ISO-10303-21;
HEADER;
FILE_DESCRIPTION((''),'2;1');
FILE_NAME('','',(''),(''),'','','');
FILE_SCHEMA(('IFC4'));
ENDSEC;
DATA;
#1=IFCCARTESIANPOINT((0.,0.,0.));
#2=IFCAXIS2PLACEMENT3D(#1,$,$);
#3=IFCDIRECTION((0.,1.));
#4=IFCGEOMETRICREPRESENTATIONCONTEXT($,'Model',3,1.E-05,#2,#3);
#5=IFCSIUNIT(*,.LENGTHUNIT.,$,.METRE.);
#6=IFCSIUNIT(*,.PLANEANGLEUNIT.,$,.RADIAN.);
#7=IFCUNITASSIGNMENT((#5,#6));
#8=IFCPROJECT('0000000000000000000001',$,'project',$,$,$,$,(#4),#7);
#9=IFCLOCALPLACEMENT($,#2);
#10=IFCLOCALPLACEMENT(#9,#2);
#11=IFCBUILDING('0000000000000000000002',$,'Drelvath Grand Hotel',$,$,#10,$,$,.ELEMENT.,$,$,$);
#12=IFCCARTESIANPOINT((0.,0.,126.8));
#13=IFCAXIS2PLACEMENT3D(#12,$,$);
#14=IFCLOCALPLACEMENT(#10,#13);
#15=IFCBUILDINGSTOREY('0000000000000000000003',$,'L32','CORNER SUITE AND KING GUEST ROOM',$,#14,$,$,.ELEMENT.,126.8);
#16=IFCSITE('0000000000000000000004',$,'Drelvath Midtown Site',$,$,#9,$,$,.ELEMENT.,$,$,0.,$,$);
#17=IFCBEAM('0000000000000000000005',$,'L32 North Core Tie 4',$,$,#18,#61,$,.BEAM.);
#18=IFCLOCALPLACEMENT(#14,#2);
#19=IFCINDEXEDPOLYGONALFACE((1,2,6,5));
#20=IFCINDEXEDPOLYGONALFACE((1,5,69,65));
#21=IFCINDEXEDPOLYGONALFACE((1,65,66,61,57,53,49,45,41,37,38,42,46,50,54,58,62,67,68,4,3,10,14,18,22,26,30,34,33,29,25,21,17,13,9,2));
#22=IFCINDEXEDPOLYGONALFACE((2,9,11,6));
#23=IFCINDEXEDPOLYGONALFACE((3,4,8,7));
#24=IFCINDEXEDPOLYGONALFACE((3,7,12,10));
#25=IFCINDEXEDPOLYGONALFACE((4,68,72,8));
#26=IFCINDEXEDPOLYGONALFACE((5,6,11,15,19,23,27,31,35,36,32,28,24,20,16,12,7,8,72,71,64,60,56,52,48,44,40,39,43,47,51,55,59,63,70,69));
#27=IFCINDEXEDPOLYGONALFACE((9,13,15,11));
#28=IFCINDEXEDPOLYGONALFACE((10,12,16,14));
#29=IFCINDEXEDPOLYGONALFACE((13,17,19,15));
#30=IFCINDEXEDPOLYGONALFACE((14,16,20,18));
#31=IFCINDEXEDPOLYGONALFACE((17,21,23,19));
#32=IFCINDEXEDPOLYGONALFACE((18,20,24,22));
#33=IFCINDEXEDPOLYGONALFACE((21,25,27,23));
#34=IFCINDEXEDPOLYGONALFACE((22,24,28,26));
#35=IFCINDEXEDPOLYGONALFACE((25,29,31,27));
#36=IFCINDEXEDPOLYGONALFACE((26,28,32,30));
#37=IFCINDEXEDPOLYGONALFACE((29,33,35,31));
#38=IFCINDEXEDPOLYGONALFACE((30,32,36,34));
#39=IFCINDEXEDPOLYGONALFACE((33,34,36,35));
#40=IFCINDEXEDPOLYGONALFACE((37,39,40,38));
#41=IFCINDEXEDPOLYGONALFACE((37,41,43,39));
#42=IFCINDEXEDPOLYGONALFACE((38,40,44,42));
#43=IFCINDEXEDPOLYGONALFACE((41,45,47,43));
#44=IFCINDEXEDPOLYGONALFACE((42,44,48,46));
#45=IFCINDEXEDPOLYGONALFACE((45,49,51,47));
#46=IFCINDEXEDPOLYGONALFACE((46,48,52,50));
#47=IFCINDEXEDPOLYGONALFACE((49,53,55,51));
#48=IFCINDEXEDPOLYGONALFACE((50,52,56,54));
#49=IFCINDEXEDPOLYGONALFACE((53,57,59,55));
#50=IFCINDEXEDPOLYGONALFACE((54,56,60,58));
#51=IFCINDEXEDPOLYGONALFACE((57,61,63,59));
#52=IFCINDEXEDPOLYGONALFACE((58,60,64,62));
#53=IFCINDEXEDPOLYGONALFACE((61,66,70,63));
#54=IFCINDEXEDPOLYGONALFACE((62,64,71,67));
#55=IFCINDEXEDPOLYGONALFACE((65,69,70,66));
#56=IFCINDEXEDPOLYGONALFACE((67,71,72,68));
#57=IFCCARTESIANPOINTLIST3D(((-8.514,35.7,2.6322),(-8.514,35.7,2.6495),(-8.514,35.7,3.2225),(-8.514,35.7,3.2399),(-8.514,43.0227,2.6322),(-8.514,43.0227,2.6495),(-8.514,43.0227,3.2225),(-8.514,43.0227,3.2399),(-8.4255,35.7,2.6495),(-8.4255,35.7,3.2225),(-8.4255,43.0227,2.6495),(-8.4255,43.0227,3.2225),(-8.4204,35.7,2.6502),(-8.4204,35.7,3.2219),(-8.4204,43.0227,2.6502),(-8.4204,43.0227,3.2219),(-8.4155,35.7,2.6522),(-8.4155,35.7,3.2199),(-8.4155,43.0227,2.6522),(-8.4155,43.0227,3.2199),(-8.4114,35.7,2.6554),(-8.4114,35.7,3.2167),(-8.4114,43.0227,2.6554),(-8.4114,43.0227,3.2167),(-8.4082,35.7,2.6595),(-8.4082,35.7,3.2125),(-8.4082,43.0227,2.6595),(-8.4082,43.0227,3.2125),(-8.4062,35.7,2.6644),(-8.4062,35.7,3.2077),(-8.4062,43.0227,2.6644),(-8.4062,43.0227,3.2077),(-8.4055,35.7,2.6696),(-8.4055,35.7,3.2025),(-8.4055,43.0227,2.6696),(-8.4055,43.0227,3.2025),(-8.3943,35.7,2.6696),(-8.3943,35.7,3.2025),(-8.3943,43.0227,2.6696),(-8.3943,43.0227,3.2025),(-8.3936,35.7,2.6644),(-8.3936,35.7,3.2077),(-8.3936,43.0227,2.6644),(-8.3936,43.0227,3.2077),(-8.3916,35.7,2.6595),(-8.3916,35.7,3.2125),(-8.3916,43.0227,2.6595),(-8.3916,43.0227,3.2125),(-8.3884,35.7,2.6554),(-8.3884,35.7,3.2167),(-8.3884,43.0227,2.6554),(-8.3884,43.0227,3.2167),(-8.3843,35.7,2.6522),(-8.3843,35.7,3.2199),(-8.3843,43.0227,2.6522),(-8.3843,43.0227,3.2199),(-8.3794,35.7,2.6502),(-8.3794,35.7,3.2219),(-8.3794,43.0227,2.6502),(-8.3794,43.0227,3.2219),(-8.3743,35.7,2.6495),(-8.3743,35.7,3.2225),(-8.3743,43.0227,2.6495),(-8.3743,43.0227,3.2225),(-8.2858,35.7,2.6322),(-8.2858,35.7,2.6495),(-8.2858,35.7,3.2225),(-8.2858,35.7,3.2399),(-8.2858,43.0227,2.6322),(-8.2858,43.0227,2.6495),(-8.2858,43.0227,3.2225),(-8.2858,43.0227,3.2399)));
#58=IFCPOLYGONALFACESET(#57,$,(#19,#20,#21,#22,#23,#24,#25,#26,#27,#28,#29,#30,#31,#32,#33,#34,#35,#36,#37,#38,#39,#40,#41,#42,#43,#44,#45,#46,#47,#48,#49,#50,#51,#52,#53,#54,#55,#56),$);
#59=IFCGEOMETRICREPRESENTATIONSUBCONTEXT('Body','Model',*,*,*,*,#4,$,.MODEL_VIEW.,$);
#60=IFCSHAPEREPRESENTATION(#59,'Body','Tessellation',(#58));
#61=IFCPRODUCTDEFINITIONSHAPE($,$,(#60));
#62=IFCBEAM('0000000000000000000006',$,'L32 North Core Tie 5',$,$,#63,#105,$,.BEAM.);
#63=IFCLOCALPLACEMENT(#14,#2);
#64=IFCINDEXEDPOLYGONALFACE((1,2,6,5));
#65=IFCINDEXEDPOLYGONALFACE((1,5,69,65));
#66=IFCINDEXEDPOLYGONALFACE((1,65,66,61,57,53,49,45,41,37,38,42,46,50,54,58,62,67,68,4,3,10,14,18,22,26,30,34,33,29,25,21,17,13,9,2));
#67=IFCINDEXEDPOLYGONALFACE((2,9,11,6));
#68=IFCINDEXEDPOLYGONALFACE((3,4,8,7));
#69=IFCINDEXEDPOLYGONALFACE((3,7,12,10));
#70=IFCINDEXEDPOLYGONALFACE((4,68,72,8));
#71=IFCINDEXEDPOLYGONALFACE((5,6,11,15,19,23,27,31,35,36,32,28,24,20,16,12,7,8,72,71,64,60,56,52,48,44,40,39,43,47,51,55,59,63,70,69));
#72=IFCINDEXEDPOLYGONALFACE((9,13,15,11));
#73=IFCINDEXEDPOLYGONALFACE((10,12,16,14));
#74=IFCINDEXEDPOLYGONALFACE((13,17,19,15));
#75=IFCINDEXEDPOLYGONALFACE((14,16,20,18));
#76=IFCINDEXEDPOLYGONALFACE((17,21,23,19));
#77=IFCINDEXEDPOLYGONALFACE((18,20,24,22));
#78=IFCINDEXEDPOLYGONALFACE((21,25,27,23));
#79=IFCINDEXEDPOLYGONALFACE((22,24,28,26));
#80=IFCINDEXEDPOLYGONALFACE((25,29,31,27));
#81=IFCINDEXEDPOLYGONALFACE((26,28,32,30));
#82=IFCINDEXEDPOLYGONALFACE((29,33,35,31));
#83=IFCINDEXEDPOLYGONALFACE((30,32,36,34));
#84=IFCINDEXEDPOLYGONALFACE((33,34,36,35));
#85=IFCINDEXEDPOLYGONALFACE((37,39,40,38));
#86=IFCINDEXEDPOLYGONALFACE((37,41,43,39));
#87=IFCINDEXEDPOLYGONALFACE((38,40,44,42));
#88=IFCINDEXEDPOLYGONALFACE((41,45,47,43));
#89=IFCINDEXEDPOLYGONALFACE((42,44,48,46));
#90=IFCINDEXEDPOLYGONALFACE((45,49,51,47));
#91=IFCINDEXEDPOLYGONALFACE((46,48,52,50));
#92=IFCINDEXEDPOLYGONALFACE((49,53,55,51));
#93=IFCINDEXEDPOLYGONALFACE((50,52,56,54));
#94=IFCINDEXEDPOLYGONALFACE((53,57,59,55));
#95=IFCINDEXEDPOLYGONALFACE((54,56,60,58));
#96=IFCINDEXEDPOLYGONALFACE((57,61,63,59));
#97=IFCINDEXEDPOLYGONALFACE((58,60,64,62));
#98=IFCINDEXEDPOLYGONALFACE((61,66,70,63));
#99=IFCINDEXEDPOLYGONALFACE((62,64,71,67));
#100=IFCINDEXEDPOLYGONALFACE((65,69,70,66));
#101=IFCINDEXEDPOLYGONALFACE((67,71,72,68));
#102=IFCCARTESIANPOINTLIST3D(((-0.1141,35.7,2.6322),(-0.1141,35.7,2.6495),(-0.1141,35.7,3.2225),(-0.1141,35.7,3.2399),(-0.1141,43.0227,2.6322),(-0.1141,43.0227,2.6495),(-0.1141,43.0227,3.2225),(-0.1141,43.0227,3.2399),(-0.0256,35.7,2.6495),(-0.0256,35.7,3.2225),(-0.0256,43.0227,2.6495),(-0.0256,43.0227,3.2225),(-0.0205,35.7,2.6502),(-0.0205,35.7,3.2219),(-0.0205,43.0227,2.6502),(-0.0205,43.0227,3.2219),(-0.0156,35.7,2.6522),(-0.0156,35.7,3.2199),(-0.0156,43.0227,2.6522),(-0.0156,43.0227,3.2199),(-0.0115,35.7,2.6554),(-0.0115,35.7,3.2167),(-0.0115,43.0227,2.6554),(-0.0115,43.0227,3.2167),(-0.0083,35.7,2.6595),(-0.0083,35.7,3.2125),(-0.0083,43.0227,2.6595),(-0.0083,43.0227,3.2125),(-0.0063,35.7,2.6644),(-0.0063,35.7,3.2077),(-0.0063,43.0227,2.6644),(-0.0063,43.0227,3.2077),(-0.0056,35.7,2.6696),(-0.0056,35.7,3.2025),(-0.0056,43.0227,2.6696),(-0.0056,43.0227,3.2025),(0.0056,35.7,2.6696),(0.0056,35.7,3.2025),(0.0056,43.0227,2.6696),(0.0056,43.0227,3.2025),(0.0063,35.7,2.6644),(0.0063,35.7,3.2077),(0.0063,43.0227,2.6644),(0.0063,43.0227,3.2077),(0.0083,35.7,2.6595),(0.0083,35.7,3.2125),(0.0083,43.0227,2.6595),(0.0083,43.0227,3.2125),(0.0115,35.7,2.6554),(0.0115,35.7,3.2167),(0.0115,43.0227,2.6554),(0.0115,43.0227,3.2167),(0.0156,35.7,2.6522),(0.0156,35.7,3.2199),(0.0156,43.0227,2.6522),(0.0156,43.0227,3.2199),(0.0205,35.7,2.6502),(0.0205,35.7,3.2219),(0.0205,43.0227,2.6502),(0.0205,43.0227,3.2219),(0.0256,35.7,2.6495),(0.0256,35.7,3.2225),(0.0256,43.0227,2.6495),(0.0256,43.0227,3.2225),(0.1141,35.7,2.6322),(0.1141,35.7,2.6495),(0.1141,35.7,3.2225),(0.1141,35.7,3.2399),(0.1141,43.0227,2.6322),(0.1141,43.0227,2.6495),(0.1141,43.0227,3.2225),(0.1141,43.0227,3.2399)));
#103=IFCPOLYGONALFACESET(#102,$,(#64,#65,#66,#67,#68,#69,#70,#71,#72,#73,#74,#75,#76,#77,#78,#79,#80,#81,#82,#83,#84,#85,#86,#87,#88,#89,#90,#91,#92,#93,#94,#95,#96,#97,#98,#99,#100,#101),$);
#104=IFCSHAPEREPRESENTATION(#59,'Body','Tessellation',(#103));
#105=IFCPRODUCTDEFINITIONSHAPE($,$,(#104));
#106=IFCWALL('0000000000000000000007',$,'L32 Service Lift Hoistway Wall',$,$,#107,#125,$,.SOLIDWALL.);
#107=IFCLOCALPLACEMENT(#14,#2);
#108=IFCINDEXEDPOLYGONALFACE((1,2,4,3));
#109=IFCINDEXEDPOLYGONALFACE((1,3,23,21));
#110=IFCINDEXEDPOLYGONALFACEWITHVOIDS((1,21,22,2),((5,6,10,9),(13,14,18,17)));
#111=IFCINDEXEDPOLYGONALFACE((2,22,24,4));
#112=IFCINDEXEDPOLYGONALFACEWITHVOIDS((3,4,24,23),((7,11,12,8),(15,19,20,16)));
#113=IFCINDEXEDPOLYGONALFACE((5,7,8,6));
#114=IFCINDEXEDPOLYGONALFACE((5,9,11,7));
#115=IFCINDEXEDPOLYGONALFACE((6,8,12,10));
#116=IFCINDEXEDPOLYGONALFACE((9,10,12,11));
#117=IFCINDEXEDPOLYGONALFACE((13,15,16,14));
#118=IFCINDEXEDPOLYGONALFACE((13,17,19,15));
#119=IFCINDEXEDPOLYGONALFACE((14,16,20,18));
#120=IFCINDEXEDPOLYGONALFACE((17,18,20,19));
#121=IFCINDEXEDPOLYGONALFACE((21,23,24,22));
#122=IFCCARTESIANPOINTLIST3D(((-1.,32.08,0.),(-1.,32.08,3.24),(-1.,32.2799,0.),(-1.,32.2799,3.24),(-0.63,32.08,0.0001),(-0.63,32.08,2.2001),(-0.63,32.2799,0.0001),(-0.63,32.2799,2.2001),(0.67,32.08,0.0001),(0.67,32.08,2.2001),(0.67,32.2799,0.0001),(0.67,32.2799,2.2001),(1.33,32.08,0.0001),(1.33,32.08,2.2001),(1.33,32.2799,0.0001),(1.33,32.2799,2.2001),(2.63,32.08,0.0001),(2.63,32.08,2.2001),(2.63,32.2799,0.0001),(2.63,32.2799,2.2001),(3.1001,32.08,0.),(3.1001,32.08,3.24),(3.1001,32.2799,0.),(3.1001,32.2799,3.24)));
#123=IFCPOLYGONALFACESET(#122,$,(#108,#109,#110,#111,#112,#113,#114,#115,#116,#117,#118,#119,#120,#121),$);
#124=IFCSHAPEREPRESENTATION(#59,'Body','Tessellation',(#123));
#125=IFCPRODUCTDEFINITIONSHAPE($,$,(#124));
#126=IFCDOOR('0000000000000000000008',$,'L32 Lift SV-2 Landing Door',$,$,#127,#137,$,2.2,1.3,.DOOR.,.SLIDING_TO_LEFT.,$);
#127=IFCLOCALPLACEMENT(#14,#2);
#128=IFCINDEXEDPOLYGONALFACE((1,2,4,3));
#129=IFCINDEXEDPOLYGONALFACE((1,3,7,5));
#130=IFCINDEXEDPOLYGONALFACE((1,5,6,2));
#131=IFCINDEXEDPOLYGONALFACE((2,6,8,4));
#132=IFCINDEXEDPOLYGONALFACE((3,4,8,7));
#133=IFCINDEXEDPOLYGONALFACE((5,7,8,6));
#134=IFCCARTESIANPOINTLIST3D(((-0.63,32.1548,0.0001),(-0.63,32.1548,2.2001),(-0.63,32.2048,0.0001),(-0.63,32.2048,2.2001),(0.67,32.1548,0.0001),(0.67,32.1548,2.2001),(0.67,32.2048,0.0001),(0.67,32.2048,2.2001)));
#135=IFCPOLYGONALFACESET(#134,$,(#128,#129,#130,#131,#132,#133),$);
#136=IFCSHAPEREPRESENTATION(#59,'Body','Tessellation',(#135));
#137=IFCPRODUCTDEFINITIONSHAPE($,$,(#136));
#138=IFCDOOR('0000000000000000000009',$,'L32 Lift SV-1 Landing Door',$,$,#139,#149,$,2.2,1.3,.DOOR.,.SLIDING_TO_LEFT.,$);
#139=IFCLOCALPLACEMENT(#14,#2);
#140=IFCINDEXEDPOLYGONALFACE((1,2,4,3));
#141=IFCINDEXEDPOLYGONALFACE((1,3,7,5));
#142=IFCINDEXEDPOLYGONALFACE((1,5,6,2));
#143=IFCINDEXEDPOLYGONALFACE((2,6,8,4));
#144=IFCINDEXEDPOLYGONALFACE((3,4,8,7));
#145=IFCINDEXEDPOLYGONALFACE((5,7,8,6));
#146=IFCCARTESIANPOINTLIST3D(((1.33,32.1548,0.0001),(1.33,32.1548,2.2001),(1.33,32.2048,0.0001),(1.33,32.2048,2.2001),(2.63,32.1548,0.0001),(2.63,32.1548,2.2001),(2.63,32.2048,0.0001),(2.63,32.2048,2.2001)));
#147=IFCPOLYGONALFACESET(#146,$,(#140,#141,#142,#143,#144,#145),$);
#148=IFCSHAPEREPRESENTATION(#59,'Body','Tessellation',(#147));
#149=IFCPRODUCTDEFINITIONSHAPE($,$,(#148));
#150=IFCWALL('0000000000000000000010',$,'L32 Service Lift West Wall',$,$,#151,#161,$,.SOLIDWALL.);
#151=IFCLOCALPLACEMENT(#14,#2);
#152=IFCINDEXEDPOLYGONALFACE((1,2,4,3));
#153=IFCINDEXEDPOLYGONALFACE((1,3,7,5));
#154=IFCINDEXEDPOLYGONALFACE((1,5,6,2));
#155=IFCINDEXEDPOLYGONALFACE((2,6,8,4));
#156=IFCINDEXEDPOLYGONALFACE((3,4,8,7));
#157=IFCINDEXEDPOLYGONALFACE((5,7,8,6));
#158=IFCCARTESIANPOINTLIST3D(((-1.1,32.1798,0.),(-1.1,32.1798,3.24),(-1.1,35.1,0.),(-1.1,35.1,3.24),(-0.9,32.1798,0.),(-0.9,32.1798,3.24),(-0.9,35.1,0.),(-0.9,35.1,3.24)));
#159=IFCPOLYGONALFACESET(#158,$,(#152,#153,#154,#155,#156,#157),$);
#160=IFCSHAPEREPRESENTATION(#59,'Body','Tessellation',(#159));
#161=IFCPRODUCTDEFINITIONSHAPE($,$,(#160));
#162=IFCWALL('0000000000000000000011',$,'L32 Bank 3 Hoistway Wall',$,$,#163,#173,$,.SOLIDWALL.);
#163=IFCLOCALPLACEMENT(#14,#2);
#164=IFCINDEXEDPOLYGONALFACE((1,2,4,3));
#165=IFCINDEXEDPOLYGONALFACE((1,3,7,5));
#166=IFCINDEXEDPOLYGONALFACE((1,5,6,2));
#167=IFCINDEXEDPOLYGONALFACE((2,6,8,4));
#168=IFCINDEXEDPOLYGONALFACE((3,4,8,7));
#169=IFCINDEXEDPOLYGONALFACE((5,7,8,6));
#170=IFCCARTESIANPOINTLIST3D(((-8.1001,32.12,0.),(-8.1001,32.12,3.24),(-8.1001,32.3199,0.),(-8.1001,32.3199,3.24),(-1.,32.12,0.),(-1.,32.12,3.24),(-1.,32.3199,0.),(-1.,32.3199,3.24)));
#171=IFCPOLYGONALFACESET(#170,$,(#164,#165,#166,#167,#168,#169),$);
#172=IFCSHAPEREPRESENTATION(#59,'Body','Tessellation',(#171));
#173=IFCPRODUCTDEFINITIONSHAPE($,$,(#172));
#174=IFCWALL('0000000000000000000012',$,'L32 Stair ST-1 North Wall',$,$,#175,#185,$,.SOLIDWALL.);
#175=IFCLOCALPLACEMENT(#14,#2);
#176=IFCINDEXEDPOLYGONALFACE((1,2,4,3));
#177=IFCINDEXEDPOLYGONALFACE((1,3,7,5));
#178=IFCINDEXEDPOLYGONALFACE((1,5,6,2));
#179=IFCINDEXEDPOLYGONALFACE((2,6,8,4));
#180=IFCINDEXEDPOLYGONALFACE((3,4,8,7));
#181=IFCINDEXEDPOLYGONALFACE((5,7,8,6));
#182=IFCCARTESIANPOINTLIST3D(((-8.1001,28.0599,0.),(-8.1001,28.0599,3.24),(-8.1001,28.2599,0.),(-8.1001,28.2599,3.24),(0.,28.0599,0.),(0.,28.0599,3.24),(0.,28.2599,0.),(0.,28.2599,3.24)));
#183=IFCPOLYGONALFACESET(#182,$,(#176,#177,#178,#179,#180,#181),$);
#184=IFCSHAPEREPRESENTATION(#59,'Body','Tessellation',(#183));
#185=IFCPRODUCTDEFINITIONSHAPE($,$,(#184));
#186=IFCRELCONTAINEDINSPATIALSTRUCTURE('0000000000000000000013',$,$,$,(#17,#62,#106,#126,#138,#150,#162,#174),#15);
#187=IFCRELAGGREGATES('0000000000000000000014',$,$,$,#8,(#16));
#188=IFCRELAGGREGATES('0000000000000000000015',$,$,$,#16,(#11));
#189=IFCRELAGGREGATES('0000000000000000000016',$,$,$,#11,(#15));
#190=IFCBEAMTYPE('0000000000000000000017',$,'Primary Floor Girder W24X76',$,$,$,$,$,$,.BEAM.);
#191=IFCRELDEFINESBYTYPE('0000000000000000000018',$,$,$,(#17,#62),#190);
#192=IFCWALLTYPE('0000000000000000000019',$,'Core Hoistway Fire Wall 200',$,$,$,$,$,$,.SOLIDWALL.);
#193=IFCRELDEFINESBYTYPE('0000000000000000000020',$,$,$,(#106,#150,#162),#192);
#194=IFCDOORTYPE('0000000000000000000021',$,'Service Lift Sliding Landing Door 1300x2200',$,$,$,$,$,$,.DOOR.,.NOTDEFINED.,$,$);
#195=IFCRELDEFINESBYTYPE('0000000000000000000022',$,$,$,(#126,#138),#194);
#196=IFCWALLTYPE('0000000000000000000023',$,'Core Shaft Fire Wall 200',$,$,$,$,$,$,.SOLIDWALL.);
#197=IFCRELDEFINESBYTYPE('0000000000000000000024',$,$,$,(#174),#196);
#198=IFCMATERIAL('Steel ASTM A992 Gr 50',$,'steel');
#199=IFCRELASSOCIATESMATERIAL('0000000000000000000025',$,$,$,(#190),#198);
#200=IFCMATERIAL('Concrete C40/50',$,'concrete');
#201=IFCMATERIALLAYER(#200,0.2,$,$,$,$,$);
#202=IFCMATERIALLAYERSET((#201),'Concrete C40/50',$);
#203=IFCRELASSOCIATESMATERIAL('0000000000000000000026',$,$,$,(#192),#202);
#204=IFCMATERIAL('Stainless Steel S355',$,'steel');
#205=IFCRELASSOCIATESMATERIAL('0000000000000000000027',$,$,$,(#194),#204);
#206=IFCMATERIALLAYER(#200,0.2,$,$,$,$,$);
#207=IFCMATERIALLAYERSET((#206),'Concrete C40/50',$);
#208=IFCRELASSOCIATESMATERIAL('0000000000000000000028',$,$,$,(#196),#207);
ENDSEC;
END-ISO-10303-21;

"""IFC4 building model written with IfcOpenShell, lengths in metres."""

from ifc_helpers import new_model, si_unit, direction, frame, frame_2d, origin, origin_2d, place, context, subcontext, project, spatial, rectangle, i_section, extrude, material, layer, layer_set, material_profile, profile_set, type_object, element, fill, save


model = new_model("IFC4")

# Units and contexts
model_context = context("Model", 3, precision=1e-05, world=origin(), true_north=direction((0.0, 1.0)))
body_context = subcontext(model_context, "Body", "Model", "MODEL_VIEW")
ifc_project = project(units=[si_unit("LENGTHUNIT", "METRE"), si_unit("PLANEANGLEUNIT", "RADIAN")], contexts=[model_context])

# Site, building, storey
site_placement = place(None, origin())
site = spatial("IfcSite", under=ifc_project, at=site_placement, Name="Drelvath Midtown Site", CompositionType="ELEMENT", RefElevation=0.0)
building_placement = place(site_placement, origin())
building = spatial("IfcBuilding", under=site, at=building_placement, Name="Drelvath Grand Hotel", CompositionType="ELEMENT")
storey_placement = place(building_placement, frame((0.0, 0.0, 126.8)))
storey = spatial("IfcBuildingStorey", under=building, at=storey_placement, Name="L32", Description="CORNER SUITE AND KING GUEST ROOM", CompositionType="ELEMENT", Elevation=126.8)

# Beams
ifc_material_1 = material(Name="Steel ASTM A992 Gr 50", Category="steel")
ifc_material_profile = material_profile(ifc_material_1, i_section(OverallWidth=0.2283, OverallDepth=0.6077, WebThickness=0.0112, FlangeThickness=0.0173, FilletRadius=0.02, at=origin_2d()), Name="W24X76")
ifc_profile_set = profile_set([ifc_material_profile], Name="Steel ASTM A992 Gr 50")
beam_type = type_object("IfcBeamType", Name="Primary Floor Girder W24X76", PredefinedType="BEAM", material=ifc_profile_set)
for number, where, z_axis, x_axis, name in (
    (1, (-8.3999, 35.7, 2.936), (0.0, 1.0, 0.0), (-1.0, 0.0, 0.0), "L32 North Core Tie 4"),
    (2, (0.0, 35.7, 2.936), (0.0, 1.0, 0.0), (-1.0, 0.0, 0.0), "L32 North Core Tie 5"),
):
    element("IfcBeam", number, at=place(storey_placement, frame(where, z_axis=z_axis, x_axis=x_axis)), inside=storey, type_object=beam_type, Name=name, PredefinedType="BEAM", context=body_context, shape_type="SweptSolid", body=[
        extrude(i_section(OverallWidth=0.2283, OverallDepth=0.6077, WebThickness=0.0112, FlangeThickness=0.0173, FilletRadius=0.02, at=origin_2d()), origin(), (0.0, 0.0, 1.0), 7.3228),
    ])

# Wall, openings, doors
ifc_material_2 = material(Name="Concrete C40/50", Category="concrete")
ifc_layer_1 = layer(ifc_material_2, 0.2)
ifc_layer_set_1 = layer_set([ifc_layer_1], Name="Concrete C40/50")
wall_type_1 = type_object("IfcWallType", Name="Core Hoistway Fire Wall 200", PredefinedType="SOLIDWALL", material=ifc_layer_set_1)
wall_1_placement = place(storey_placement, frame((-1.0, 32.1799, 0.0), z_axis=(0.0, 0.0, 1.0), x_axis=(1.0, 0.0, 0.0)))
wall_1 = element("IfcWall", 3, at=wall_1_placement, inside=storey, type_object=wall_type_1, Name="L32 Service Lift Hoistway Wall", PredefinedType="SOLIDWALL", context=body_context, shape_type="SweptSolid", body=[
    extrude(rectangle(XDim=4.1001, YDim=0.2, at=frame_2d((2.05, 0.0))), origin(), (0.0, 0.0, 1.0), 3.24),
])
opening_1_placement = place(wall_1_placement, frame((0.3701, 0.0, 0.0)))
opening_1 = element("IfcOpeningElement", 4, at=opening_1_placement, cuts=wall_1, PredefinedType="OPENING", context=body_context, shape_type="SweptSolid", body=[
    extrude(rectangle(XDim=1.3, YDim=2.2, at=frame_2d((0.6499, 1.1001))), frame((0.0, 0.1099, 0.0), z_axis=(0.0, -1.0, 0.0), x_axis=(1.0, 0.0, 0.0)), (0.0, 0.0, 1.0), 0.22),
])
opening_2_placement = place(wall_1_placement, frame((2.3301, 0.0, 0.0)))
opening_2 = element("IfcOpeningElement", 5, at=opening_2_placement, cuts=wall_1, PredefinedType="OPENING", context=body_context, shape_type="SweptSolid", body=[
    extrude(rectangle(XDim=1.3, YDim=2.2, at=frame_2d((0.6499, 1.1001))), frame((0.0, 0.1099, 0.0), z_axis=(0.0, -1.0, 0.0), x_axis=(1.0, 0.0, 0.0)), (0.0, 0.0, 1.0), 0.22),
])
ifc_material_3 = material(Name="Stainless Steel S355", Category="steel")
door_type_1 = type_object("IfcDoorType", Name="Service Lift Sliding Landing Door 1300x2200", OperationType="NOTDEFINED", PredefinedType="DOOR", material=ifc_material_3)
door_1_placement = place(opening_1_placement, origin())
door_1 = element("IfcDoor", 6, at=door_1_placement, inside=storey, type_object=door_type_1, Name="L32 Lift SV-2 Landing Door", OperationType="SLIDING_TO_LEFT", OverallHeight=2.2, OverallWidth=1.3, PredefinedType="DOOR", context=body_context, shape_type="SweptSolid", body=[
    extrude(rectangle(XDim=1.3, YDim=2.2, at=frame_2d((0.6499, 1.1001))), frame((0.0, 0.0249, 0.0), z_axis=(0.0, -1.0, 0.0), x_axis=(1.0, 0.0, 0.0)), (0.0, 0.0, 1.0), 0.05),
])
fill(opening_1, door_1)
door_2_placement = place(opening_2_placement, origin())
door_2 = element("IfcDoor", 7, at=door_2_placement, inside=storey, type_object=door_type_1, Name="L32 Lift SV-1 Landing Door", OperationType="SLIDING_TO_LEFT", OverallHeight=2.2, OverallWidth=1.3, PredefinedType="DOOR", context=body_context, shape_type="SweptSolid", body=[
    extrude(rectangle(XDim=1.3, YDim=2.2, at=frame_2d((0.6499, 1.1001))), frame((0.0, 0.0249, 0.0), z_axis=(0.0, -1.0, 0.0), x_axis=(1.0, 0.0, 0.0)), (0.0, 0.0, 1.0), 0.05),
])
fill(opening_2, door_2)

# Walls
wall_2_placement = place(storey_placement, frame((-1.0, 32.1799, 0.0), z_axis=(0.0, 0.0, 1.0), x_axis=(0.0, 1.0, 0.0)))
element("IfcWall", 8, at=wall_2_placement, inside=storey, type_object=wall_type_1, Name="L32 Service Lift West Wall", PredefinedType="SOLIDWALL", context=body_context, shape_type="SweptSolid", body=[
    extrude(rectangle(XDim=2.9202, YDim=0.2, at=frame_2d((1.46, 0.0))), origin(), (0.0, 0.0, 1.0), 3.24),
])
wall_3_placement = place(storey_placement, frame((-8.1001, 32.22, 0.0), z_axis=(0.0, 0.0, 1.0), x_axis=(1.0, 0.0, 0.0)))
element("IfcWall", 9, at=wall_3_placement, inside=storey, type_object=wall_type_1, Name="L32 Bank 3 Hoistway Wall", PredefinedType="SOLIDWALL", context=body_context, shape_type="SweptSolid", body=[
    extrude(rectangle(XDim=7.1001, YDim=0.2, at=frame_2d((3.55, 0.0))), origin(), (0.0, 0.0, 1.0), 3.24),
])
ifc_layer_2 = layer(ifc_material_2, 0.2)
ifc_layer_set_2 = layer_set([ifc_layer_2], Name="Concrete C40/50")
wall_type_2 = type_object("IfcWallType", Name="Core Shaft Fire Wall 200", PredefinedType="SOLIDWALL", material=ifc_layer_set_2)
wall_4_placement = place(storey_placement, frame((-8.1001, 28.1599, 0.0), z_axis=(0.0, 0.0, 1.0), x_axis=(1.0, 0.0, 0.0)))
element("IfcWall", 10, at=wall_4_placement, inside=storey, type_object=wall_type_2, Name="L32 Stair ST-1 North Wall", PredefinedType="SOLIDWALL", context=body_context, shape_type="SweptSolid", body=[
    extrude(rectangle(XDim=8.1001, YDim=0.2, at=frame_2d((4.05, 0.0))), origin(), (0.0, 0.0, 1.0), 3.24),
])

save(model, "model.ifc")
